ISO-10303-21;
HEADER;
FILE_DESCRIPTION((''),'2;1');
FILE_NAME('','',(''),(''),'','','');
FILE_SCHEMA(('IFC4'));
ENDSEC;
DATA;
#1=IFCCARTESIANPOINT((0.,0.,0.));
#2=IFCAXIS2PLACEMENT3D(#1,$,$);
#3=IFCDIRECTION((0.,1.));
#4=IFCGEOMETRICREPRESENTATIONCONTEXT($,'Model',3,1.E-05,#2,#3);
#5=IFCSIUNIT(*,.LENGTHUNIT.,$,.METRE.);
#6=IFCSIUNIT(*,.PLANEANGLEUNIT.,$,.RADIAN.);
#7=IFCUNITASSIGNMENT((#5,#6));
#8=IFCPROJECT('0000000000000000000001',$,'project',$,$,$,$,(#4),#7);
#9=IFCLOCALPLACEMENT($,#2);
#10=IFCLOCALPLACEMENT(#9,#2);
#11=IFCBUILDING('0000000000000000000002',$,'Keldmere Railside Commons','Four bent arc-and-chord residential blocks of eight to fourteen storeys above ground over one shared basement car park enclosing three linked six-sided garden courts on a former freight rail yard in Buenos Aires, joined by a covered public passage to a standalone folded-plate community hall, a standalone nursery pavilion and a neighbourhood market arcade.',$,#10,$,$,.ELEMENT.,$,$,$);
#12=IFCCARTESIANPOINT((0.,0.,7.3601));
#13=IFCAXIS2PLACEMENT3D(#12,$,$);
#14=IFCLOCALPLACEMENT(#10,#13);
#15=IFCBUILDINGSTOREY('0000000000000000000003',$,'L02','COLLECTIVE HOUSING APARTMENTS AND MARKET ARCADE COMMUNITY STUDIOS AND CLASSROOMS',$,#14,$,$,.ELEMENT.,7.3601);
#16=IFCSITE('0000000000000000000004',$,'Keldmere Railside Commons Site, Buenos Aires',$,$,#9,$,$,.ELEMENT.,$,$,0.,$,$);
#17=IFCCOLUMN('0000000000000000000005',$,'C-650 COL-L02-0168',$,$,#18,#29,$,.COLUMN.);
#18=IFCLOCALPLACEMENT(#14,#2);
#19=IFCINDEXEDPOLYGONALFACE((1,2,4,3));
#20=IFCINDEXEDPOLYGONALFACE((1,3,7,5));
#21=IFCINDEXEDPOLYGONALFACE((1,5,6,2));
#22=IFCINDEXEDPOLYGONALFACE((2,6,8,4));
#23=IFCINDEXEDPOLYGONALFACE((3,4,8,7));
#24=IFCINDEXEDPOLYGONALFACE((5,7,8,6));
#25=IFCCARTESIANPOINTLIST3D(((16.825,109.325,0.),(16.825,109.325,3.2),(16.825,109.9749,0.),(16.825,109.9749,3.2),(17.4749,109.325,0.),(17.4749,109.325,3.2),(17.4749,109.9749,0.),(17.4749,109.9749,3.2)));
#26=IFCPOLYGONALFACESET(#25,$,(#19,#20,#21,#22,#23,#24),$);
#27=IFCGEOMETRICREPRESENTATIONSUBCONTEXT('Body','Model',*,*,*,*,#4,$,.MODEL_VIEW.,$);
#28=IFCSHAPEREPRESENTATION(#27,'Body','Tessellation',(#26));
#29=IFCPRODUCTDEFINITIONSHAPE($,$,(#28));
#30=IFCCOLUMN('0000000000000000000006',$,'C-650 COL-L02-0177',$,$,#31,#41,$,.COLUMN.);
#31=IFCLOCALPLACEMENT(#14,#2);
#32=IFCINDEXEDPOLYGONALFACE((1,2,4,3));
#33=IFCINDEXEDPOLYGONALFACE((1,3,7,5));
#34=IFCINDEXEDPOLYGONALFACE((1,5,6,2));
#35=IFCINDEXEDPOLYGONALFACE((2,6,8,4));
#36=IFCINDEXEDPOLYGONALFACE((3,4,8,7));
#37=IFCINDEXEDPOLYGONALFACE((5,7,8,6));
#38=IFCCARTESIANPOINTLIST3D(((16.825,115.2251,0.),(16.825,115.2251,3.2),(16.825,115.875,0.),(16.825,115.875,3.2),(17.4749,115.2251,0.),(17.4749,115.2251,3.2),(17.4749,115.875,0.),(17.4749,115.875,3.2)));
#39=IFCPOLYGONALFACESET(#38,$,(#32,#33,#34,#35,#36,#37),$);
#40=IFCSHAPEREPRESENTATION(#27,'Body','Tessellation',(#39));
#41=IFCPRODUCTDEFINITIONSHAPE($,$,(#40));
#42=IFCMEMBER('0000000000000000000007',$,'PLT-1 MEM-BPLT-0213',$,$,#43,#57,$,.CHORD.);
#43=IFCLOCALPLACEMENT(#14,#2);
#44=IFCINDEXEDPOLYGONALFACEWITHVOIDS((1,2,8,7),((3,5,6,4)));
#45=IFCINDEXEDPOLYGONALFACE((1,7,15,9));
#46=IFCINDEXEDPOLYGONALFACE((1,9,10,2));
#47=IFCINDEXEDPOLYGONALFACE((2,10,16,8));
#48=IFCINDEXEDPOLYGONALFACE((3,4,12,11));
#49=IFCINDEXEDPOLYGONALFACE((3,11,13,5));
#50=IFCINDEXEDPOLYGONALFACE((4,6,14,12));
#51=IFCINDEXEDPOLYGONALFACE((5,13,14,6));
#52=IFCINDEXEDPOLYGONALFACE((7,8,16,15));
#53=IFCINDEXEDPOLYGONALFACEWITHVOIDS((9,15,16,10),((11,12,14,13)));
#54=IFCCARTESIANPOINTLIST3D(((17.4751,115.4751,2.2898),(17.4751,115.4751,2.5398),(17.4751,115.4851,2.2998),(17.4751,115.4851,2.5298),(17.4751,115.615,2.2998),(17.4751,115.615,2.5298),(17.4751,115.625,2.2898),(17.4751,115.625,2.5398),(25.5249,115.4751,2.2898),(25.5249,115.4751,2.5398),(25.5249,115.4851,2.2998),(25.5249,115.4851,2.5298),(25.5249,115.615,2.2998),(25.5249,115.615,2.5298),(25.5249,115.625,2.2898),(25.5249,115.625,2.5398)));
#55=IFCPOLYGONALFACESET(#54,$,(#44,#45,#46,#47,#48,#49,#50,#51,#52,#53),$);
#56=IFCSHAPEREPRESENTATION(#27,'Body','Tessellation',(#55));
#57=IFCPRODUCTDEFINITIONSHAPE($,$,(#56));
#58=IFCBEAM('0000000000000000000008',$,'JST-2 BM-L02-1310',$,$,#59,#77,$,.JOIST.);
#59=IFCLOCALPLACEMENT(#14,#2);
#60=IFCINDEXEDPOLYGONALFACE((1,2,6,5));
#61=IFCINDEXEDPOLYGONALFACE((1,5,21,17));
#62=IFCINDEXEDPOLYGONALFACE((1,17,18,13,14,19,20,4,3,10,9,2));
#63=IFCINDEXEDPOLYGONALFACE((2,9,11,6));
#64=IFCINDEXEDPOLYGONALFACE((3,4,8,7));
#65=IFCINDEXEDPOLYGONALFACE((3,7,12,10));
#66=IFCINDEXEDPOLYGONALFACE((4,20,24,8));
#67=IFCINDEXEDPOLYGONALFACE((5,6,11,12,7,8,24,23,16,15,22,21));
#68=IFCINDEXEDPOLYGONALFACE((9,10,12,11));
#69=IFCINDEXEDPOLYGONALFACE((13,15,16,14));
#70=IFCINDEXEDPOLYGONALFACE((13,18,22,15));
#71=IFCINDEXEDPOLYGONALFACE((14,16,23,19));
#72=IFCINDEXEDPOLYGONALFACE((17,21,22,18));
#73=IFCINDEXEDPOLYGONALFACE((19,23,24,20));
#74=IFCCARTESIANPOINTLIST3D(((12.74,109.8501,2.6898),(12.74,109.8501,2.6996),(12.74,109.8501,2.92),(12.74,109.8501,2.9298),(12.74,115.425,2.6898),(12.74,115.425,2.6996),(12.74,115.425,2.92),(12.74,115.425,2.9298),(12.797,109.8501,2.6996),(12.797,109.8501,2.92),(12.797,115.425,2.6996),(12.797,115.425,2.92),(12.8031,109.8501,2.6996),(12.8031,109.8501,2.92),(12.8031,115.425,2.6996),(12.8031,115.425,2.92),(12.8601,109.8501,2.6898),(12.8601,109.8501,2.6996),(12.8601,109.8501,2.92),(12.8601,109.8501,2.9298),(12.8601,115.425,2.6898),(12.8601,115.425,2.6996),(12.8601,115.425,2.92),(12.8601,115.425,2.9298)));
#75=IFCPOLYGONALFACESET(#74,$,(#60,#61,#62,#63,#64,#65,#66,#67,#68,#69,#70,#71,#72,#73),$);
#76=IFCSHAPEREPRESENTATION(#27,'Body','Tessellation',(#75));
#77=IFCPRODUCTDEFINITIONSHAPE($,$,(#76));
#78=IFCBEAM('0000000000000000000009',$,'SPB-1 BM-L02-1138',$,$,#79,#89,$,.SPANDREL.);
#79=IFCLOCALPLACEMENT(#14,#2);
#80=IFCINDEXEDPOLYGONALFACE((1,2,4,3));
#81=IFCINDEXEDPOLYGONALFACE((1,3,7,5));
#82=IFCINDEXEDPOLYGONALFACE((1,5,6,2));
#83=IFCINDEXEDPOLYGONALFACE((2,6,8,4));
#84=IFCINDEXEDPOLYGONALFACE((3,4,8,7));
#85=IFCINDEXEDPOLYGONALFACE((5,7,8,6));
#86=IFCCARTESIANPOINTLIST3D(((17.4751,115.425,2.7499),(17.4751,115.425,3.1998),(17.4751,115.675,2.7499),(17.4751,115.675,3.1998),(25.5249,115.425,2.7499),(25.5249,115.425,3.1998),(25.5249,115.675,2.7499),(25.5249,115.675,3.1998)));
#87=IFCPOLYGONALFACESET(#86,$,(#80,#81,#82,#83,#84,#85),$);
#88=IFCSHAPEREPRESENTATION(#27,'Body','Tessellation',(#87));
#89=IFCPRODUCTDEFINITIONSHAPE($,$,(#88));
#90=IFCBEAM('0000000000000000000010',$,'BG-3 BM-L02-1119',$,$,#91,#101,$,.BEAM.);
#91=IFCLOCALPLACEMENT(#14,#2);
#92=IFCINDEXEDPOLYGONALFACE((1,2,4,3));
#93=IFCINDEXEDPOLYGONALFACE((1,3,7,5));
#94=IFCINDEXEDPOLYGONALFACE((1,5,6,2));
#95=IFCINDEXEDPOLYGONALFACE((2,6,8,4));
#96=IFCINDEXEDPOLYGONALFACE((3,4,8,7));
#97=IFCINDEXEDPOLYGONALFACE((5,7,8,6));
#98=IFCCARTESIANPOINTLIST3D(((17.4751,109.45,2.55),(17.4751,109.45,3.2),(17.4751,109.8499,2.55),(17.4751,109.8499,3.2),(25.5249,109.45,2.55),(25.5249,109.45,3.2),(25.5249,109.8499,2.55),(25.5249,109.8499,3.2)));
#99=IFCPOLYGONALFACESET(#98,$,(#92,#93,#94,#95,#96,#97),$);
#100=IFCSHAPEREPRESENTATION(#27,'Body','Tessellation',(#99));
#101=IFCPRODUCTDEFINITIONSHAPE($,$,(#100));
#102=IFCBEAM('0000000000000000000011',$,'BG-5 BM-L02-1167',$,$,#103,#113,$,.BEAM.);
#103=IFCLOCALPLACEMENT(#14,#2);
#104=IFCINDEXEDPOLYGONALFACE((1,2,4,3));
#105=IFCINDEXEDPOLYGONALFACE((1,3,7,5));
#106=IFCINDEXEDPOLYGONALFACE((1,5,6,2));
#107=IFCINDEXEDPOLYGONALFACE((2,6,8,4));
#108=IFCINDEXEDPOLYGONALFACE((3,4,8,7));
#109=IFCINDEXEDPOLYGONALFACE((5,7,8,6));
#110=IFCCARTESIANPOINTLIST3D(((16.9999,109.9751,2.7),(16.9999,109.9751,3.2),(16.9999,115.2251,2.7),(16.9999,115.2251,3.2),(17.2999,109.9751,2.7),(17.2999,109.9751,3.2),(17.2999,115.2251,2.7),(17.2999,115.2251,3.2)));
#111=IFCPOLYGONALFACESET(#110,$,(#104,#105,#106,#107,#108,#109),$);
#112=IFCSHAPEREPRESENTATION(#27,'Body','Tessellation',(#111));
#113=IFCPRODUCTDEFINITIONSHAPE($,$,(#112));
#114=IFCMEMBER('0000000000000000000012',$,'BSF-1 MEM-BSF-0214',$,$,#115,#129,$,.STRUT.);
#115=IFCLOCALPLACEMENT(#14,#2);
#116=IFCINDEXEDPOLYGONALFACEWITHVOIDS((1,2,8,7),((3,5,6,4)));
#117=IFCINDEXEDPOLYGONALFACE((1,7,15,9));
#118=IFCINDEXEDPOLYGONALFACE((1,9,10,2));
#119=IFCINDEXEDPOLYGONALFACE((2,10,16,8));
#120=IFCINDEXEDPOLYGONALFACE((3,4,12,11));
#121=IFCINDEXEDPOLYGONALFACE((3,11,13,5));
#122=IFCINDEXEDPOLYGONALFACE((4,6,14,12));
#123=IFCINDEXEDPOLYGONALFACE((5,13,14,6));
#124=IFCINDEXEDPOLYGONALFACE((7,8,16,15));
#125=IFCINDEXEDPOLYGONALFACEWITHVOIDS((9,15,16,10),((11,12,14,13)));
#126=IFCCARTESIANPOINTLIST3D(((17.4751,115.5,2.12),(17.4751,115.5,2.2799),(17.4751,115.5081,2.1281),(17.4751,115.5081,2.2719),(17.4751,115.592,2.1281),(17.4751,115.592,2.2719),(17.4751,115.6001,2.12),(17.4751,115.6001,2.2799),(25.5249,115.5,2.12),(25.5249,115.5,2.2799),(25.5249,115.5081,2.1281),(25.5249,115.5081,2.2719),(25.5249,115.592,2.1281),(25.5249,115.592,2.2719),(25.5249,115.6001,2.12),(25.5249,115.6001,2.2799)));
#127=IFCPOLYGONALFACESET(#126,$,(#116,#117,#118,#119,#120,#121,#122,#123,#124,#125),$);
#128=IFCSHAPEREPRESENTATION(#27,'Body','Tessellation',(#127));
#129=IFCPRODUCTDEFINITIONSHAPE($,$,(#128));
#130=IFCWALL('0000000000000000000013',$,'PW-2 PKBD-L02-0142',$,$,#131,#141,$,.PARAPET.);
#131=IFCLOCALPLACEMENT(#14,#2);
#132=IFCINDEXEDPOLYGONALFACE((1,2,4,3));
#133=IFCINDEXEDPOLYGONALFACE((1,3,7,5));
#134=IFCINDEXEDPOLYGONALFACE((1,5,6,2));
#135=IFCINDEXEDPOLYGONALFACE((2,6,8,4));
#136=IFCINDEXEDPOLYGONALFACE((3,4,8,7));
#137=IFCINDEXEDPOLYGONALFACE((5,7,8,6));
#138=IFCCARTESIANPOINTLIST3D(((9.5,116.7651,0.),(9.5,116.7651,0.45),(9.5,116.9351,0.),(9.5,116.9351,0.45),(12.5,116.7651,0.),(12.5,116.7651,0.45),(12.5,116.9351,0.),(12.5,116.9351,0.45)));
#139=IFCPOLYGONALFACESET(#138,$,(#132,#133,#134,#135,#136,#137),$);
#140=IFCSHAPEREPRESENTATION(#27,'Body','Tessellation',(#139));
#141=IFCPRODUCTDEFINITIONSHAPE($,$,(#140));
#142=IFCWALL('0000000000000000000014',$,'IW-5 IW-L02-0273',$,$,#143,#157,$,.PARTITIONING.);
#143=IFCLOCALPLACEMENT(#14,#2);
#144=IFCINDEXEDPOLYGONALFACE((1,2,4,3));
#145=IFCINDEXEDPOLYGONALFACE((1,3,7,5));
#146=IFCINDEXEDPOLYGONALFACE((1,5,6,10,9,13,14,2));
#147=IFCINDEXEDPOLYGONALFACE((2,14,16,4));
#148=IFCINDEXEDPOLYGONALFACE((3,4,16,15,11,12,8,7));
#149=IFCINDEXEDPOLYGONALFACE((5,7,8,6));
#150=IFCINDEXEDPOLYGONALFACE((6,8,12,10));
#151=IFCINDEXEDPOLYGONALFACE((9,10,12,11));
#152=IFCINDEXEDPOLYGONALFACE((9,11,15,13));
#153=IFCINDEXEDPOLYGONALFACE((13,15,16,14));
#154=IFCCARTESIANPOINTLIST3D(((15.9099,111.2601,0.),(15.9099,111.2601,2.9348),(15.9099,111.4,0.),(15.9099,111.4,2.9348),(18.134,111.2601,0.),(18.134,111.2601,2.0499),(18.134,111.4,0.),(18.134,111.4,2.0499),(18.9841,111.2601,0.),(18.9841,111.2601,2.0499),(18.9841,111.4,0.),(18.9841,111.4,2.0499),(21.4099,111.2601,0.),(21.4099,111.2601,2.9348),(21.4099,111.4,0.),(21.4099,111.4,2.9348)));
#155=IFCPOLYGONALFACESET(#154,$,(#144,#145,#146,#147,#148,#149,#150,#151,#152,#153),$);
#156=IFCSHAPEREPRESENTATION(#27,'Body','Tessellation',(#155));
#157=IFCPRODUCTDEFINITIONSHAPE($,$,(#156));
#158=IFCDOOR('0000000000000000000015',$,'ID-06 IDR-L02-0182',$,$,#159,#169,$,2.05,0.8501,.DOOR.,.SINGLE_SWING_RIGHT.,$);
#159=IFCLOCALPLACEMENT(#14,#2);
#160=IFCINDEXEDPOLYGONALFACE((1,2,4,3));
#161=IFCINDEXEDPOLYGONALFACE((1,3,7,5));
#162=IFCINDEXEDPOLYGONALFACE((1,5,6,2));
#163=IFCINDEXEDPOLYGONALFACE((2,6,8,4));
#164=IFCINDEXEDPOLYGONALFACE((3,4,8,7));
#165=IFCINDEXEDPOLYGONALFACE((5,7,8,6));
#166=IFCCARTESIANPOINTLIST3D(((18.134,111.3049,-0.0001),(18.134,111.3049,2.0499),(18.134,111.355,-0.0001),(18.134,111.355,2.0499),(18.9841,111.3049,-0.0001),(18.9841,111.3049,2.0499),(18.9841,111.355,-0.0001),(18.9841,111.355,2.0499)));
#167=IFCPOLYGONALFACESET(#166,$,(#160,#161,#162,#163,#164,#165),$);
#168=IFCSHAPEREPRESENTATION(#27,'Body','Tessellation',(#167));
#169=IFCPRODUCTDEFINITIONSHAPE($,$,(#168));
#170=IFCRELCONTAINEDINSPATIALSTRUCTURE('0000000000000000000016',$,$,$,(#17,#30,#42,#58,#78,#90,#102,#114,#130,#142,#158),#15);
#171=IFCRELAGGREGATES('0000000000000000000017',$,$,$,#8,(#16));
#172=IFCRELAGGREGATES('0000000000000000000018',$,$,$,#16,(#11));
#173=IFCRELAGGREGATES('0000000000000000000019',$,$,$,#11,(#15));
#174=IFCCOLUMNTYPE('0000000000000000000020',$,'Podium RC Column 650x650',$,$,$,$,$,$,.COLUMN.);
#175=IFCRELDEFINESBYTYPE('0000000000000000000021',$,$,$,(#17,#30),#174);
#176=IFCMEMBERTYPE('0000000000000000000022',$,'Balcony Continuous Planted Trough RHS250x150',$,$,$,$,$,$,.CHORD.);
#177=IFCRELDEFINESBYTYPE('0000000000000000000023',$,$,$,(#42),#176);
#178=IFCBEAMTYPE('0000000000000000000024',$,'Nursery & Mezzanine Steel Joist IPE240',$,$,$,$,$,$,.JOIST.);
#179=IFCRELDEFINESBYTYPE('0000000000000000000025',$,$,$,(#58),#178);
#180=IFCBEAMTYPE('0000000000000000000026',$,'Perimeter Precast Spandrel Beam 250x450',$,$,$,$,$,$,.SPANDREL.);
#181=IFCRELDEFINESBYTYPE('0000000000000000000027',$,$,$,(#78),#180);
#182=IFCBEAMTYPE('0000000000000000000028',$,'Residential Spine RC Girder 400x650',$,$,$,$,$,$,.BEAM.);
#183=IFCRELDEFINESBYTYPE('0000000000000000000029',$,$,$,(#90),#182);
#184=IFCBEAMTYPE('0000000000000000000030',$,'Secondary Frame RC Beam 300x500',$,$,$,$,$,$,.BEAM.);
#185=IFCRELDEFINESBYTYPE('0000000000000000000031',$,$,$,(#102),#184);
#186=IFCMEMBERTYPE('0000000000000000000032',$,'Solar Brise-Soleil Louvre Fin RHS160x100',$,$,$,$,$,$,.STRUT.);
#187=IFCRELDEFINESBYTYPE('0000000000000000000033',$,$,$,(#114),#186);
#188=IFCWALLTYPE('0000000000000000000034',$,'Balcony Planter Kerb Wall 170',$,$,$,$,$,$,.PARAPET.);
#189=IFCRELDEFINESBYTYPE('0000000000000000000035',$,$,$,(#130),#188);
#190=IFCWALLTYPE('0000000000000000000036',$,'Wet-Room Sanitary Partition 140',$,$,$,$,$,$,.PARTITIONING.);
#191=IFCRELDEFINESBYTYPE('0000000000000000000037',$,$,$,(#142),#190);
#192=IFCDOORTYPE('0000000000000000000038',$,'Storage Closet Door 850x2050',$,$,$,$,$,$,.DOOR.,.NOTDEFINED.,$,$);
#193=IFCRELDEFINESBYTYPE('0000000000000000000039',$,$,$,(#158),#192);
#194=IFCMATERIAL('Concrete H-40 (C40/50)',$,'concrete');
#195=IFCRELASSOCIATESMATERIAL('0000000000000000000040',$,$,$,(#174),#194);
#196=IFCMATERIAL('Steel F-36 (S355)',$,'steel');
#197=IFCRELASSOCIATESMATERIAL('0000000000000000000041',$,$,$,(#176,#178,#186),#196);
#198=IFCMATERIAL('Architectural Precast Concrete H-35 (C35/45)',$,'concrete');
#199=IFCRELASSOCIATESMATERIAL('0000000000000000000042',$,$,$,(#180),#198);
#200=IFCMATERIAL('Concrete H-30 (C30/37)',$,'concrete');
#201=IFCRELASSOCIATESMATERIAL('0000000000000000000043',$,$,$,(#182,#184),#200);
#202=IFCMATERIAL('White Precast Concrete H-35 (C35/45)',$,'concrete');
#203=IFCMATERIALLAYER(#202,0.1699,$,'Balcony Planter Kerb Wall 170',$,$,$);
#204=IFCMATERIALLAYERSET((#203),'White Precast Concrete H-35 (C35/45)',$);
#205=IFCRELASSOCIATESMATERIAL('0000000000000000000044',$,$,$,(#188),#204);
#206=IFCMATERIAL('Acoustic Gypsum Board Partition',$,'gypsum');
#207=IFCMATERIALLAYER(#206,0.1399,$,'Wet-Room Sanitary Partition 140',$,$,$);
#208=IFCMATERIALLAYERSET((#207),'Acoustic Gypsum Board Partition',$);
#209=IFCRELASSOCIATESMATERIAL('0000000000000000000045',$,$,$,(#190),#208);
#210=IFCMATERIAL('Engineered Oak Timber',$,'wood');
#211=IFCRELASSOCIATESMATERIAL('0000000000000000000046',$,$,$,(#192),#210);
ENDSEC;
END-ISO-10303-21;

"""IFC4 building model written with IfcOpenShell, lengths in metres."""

from ifc_helpers import new_model, si_unit, direction, frame, frame_2d, origin, origin_2d, place, context, subcontext, project, spatial, rectangle, hollow_rectangle, i_section, extrude, material, layer, layer_set, material_profile, profile_set, type_object, element, fill, save


model = new_model("IFC4")

# Units and contexts
model_context = context("Model", 3, precision=1e-05, world=origin(), true_north=direction((0.0, 1.0)))
body_context = subcontext(model_context, "Body", "Model", "MODEL_VIEW")
ifc_project = project(units=[si_unit("LENGTHUNIT", "METRE"), si_unit("PLANEANGLEUNIT", "RADIAN")], contexts=[model_context])

# Site, building, storey
site_placement = place(None, origin())
site = spatial("IfcSite", under=ifc_project, at=site_placement, Name="Keldmere Railside Commons Site, Buenos Aires", CompositionType="ELEMENT", RefElevation=0.0)
building_placement = place(site_placement, origin())
building = spatial("IfcBuilding", under=site, at=building_placement, Name="Keldmere Railside Commons", Description="Four bent arc-and-chord residential blocks of eight to fourteen storeys above ground over one shared basement car park enclosing three linked six-sided garden courts on a former freight rail yard in Buenos Aires, joined by a covered public passage to a standalone folded-plate community hall, a standalone nursery pavilion and a neighbourhood market arcade.", CompositionType="ELEMENT")
storey_placement = place(building_placement, frame((0.0, 0.0, 7.3601)))
storey = spatial("IfcBuildingStorey", under=building, at=storey_placement, Name="L02", Description="COLLECTIVE HOUSING APARTMENTS AND MARKET ARCADE COMMUNITY STUDIOS AND CLASSROOMS", CompositionType="ELEMENT", Elevation=7.3601)

# Columns
ifc_material_1 = material(Name="Concrete H-40 (C40/50)", Category="concrete")
ifc_material_profile_1 = material_profile(ifc_material_1, rectangle(XDim=0.6499, YDim=0.6499, at=origin_2d()), Name="RC-650x650")
ifc_profile_set_1 = profile_set([ifc_material_profile_1], Name="Concrete H-40 (C40/50)")
column_type = type_object("IfcColumnType", Name="Podium RC Column 650x650", PredefinedType="COLUMN", material=ifc_profile_set_1)
for number, where, z_axis, x_axis, name in (
    (1, (17.1499, 109.6499, 0.0), (0.0, 0.0, 1.0), (1.0, 0.0, 0.0), "C-650 COL-L02-0168"),
    (2, (17.1499, 115.55, 0.0), (0.0, 0.0, 1.0), (1.0, 0.0, 0.0), "C-650 COL-L02-0177"),
):
    element("IfcColumn", number, at=place(storey_placement, frame(where, z_axis=z_axis, x_axis=x_axis)), inside=storey, type_object=column_type, Name=name, PredefinedType="COLUMN", context=body_context, shape_type="SweptSolid", body=[
        extrude(rectangle(XDim=0.6499, YDim=0.6499, at=origin_2d()), origin(), (0.0, 0.0, 1.0), 3.2),
    ])

# Member
ifc_material_2 = material(Name="Steel F-36 (S355)", Category="steel")
ifc_material_profile_2 = material_profile(ifc_material_2, hollow_rectangle(XDim=0.1499, YDim=0.25, WallThickness=0.01, at=origin_2d()), Name="RHS-250x150x10")
ifc_profile_set_2 = profile_set([ifc_material_profile_2], Name="Steel F-36 (S355)")
member_type_1 = type_object("IfcMemberType", Name="Balcony Continuous Planted Trough RHS250x150", PredefinedType="CHORD", material=ifc_profile_set_2)
member_1_placement = place(storey_placement, frame((17.4751, 115.55, 2.4148), z_axis=(1.0, 0.0, 0.0), x_axis=(0.0, 1.0, 0.0)))
element("IfcMember", 3, at=member_1_placement, inside=storey, type_object=member_type_1, Name="PLT-1 MEM-BPLT-0213", PredefinedType="CHORD", context=body_context, shape_type="SweptSolid", body=[
    extrude(hollow_rectangle(XDim=0.1499, YDim=0.25, WallThickness=0.01, at=origin_2d()), origin(), (0.0, 0.0, 1.0), 8.0498),
])

# Beams
ifc_material_profile_3 = material_profile(ifc_material_2, i_section(OverallWidth=0.1201, OverallDepth=0.24, WebThickness=0.0061, FlangeThickness=0.0098, at=origin_2d()), Name="IPE-240")
ifc_profile_set_3 = profile_set([ifc_material_profile_3], Name="Steel F-36 (S355)")
beam_type_1 = type_object("IfcBeamType", Name="Nursery & Mezzanine Steel Joist IPE240", PredefinedType="JOIST", material=ifc_profile_set_3)
beam_1_placement = place(storey_placement, frame((12.8, 109.8501, 2.8098), z_axis=(0.0, 1.0, 0.0), x_axis=(-1.0, 0.0, 0.0)))
element("IfcBeam", 4, at=beam_1_placement, inside=storey, type_object=beam_type_1, Name="JST-2 BM-L02-1310", PredefinedType="JOIST", context=body_context, shape_type="SweptSolid", body=[
    extrude(i_section(OverallWidth=0.1201, OverallDepth=0.24, WebThickness=0.0061, FlangeThickness=0.0098, at=origin_2d()), origin(), (0.0, 0.0, 1.0), 5.575),
])
ifc_material_3 = material(Name="Architectural Precast Concrete H-35 (C35/45)", Category="concrete")
ifc_material_profile_4 = material_profile(ifc_material_3, rectangle(XDim=0.25, YDim=0.45, at=origin_2d()), Name="RC-250x450")
ifc_profile_set_4 = profile_set([ifc_material_profile_4], Name="Architectural Precast Concrete H-35 (C35/45)")
beam_type_2 = type_object("IfcBeamType", Name="Perimeter Precast Spandrel Beam 250x450", PredefinedType="SPANDREL", material=ifc_profile_set_4)
beam_2_placement = place(storey_placement, frame((17.4751, 115.55, 2.9749), z_axis=(1.0, 0.0, 0.0), x_axis=(0.0, 1.0, 0.0)))
element("IfcBeam", 5, at=beam_2_placement, inside=storey, type_object=beam_type_2, Name="SPB-1 BM-L02-1138", PredefinedType="SPANDREL", context=body_context, shape_type="SweptSolid", body=[
    extrude(rectangle(XDim=0.25, YDim=0.45, at=origin_2d()), origin(), (0.0, 0.0, 1.0), 8.0498),
])
ifc_material_4 = material(Name="Concrete H-30 (C30/37)", Category="concrete")
ifc_material_profile_5 = material_profile(ifc_material_4, rectangle(XDim=0.3999, YDim=0.6499, at=origin_2d()), Name="RC-400x650")
ifc_profile_set_5 = profile_set([ifc_material_profile_5], Name="Concrete H-30 (C30/37)")
beam_type_3 = type_object("IfcBeamType", Name="Residential Spine RC Girder 400x650", PredefinedType="BEAM", material=ifc_profile_set_5)
beam_3_placement = place(storey_placement, frame((17.4751, 109.6499, 2.875), z_axis=(1.0, 0.0, 0.0), x_axis=(0.0, 1.0, 0.0)))
element("IfcBeam", 6, at=beam_3_placement, inside=storey, type_object=beam_type_3, Name="BG-3 BM-L02-1119", PredefinedType="BEAM", context=body_context, shape_type="SweptSolid", body=[
    extrude(rectangle(XDim=0.3999, YDim=0.6499, at=origin_2d()), origin(), (0.0, 0.0, 1.0), 8.0498),
])
ifc_material_profile_6 = material_profile(ifc_material_4, rectangle(XDim=0.3, YDim=0.5, at=origin_2d()), Name="RC-300x500")
ifc_profile_set_6 = profile_set([ifc_material_profile_6], Name="Concrete H-30 (C30/37)")
beam_type_4 = type_object("IfcBeamType", Name="Secondary Frame RC Beam 300x500", PredefinedType="BEAM", material=ifc_profile_set_6)
beam_4_placement = place(storey_placement, frame((17.1499, 109.9751, 2.95), z_axis=(0.0, 1.0, 0.0), x_axis=(-1.0, 0.0, 0.0)))
element("IfcBeam", 7, at=beam_4_placement, inside=storey, type_object=beam_type_4, Name="BG-5 BM-L02-1167", PredefinedType="BEAM", context=body_context, shape_type="SweptSolid", body=[
    extrude(rectangle(XDim=0.3, YDim=0.5, at=origin_2d()), origin(), (0.0, 0.0, 1.0), 5.25),
])

# Member
ifc_material_profile_7 = material_profile(ifc_material_2, hollow_rectangle(XDim=0.1001, YDim=0.1599, WallThickness=0.0081, at=origin_2d()), Name="RHS-160x100x8")
ifc_profile_set_7 = profile_set([ifc_material_profile_7], Name="Steel F-36 (S355)")
member_type_2 = type_object("IfcMemberType", Name="Solar Brise-Soleil Louvre Fin RHS160x100", PredefinedType="STRUT", material=ifc_profile_set_7)
member_2_placement = place(storey_placement, frame((17.4751, 115.55, 2.2), z_axis=(1.0, 0.0, 0.0), x_axis=(0.0, 1.0, 0.0)))
element("IfcMember", 8, at=member_2_placement, inside=storey, type_object=member_type_2, Name="BSF-1 MEM-BSF-0214", PredefinedType="STRUT", context=body_context, shape_type="SweptSolid", body=[
    extrude(hollow_rectangle(XDim=0.1001, YDim=0.1599, WallThickness=0.0081, at=origin_2d()), origin(), (0.0, 0.0, 1.0), 8.0498),
])

# Wall
ifc_material_5 = material(Name="White Precast Concrete H-35 (C35/45)", Category="concrete")
ifc_layer_1 = layer(ifc_material_5, 0.1699, Name="Balcony Planter Kerb Wall 170")
ifc_layer_set_1 = layer_set([ifc_layer_1], Name="White Precast Concrete H-35 (C35/45)")
wall_type_1 = type_object("IfcWallType", Name="Balcony Planter Kerb Wall 170", PredefinedType="PARAPET", material=ifc_layer_set_1)
wall_1_placement = place(storey_placement, frame((9.5, 116.8501, 0.0), z_axis=(0.0, 0.0, 1.0), x_axis=(1.0, 0.0, 0.0)))
element("IfcWall", 9, at=wall_1_placement, inside=storey, type_object=wall_type_1, Name="PW-2 PKBD-L02-0142", PredefinedType="PARAPET", context=body_context, shape_type="SweptSolid", body=[
    extrude(rectangle(XDim=3.0, YDim=0.1699, at=frame_2d((1.5, 0.0))), origin(), (0.0, 0.0, 1.0), 0.45),
])

# Wall, opening, door
ifc_material_6 = material(Name="Acoustic Gypsum Board Partition", Category="gypsum")
ifc_layer_2 = layer(ifc_material_6, 0.1399, Name="Wet-Room Sanitary Partition 140")
ifc_layer_set_2 = layer_set([ifc_layer_2], Name="Acoustic Gypsum Board Partition")
wall_type_2 = type_object("IfcWallType", Name="Wet-Room Sanitary Partition 140", PredefinedType="PARTITIONING", material=ifc_layer_set_2)
wall_2_placement = place(storey_placement, frame((15.9099, 111.3301, 0.0), z_axis=(0.0, 0.0, 1.0), x_axis=(1.0, 0.0, 0.0)))
wall_2 = element("IfcWall", 10, at=wall_2_placement, inside=storey, type_object=wall_type_2, Name="IW-5 IW-L02-0273", PredefinedType="PARTITIONING", context=body_context, shape_type="SweptSolid", body=[
    extrude(rectangle(XDim=5.5, YDim=0.1399, at=frame_2d((2.75, 0.0))), origin(), (0.0, 0.0, 1.0), 2.9348),
])
opening_placement = place(wall_2_placement, frame((2.2241, 0.0, 0.0)))
opening = element("IfcOpeningElement", 11, at=opening_placement, cuts=wall_2, PredefinedType="OPENING", context=body_context, shape_type="SweptSolid", body=[
    extrude(rectangle(XDim=0.8501, YDim=2.05, at=frame_2d((0.425, 1.0249))), frame((0.0, 0.0798, 0.0), z_axis=(0.0, -1.0, 0.0), x_axis=(1.0, 0.0, 0.0)), (0.0, 0.0, 1.0), 0.1599),
])
ifc_material_7 = material(Name="Engineered Oak Timber", Category="wood")
door_type = type_object("IfcDoorType", Name="Storage Closet Door 850x2050", OperationType="NOTDEFINED", PredefinedType="DOOR", material=ifc_material_7)
door_placement = place(opening_placement, origin())
door = element("IfcDoor", 12, at=door_placement, inside=storey, type_object=door_type, Name="ID-06 IDR-L02-0182", OperationType="SINGLE_SWING_RIGHT", OverallHeight=2.05, OverallWidth=0.8501, PredefinedType="DOOR", context=body_context, shape_type="SweptSolid", body=[
    extrude(rectangle(XDim=0.8501, YDim=2.05, at=frame_2d((0.425, 1.0249))), frame((0.0, 0.0249, 0.0), z_axis=(0.0, -1.0, 0.0), x_axis=(1.0, 0.0, 0.0)), (0.0, 0.0, 1.0), 0.05),
])
fill(opening, door)

save(model, "model.ifc")
